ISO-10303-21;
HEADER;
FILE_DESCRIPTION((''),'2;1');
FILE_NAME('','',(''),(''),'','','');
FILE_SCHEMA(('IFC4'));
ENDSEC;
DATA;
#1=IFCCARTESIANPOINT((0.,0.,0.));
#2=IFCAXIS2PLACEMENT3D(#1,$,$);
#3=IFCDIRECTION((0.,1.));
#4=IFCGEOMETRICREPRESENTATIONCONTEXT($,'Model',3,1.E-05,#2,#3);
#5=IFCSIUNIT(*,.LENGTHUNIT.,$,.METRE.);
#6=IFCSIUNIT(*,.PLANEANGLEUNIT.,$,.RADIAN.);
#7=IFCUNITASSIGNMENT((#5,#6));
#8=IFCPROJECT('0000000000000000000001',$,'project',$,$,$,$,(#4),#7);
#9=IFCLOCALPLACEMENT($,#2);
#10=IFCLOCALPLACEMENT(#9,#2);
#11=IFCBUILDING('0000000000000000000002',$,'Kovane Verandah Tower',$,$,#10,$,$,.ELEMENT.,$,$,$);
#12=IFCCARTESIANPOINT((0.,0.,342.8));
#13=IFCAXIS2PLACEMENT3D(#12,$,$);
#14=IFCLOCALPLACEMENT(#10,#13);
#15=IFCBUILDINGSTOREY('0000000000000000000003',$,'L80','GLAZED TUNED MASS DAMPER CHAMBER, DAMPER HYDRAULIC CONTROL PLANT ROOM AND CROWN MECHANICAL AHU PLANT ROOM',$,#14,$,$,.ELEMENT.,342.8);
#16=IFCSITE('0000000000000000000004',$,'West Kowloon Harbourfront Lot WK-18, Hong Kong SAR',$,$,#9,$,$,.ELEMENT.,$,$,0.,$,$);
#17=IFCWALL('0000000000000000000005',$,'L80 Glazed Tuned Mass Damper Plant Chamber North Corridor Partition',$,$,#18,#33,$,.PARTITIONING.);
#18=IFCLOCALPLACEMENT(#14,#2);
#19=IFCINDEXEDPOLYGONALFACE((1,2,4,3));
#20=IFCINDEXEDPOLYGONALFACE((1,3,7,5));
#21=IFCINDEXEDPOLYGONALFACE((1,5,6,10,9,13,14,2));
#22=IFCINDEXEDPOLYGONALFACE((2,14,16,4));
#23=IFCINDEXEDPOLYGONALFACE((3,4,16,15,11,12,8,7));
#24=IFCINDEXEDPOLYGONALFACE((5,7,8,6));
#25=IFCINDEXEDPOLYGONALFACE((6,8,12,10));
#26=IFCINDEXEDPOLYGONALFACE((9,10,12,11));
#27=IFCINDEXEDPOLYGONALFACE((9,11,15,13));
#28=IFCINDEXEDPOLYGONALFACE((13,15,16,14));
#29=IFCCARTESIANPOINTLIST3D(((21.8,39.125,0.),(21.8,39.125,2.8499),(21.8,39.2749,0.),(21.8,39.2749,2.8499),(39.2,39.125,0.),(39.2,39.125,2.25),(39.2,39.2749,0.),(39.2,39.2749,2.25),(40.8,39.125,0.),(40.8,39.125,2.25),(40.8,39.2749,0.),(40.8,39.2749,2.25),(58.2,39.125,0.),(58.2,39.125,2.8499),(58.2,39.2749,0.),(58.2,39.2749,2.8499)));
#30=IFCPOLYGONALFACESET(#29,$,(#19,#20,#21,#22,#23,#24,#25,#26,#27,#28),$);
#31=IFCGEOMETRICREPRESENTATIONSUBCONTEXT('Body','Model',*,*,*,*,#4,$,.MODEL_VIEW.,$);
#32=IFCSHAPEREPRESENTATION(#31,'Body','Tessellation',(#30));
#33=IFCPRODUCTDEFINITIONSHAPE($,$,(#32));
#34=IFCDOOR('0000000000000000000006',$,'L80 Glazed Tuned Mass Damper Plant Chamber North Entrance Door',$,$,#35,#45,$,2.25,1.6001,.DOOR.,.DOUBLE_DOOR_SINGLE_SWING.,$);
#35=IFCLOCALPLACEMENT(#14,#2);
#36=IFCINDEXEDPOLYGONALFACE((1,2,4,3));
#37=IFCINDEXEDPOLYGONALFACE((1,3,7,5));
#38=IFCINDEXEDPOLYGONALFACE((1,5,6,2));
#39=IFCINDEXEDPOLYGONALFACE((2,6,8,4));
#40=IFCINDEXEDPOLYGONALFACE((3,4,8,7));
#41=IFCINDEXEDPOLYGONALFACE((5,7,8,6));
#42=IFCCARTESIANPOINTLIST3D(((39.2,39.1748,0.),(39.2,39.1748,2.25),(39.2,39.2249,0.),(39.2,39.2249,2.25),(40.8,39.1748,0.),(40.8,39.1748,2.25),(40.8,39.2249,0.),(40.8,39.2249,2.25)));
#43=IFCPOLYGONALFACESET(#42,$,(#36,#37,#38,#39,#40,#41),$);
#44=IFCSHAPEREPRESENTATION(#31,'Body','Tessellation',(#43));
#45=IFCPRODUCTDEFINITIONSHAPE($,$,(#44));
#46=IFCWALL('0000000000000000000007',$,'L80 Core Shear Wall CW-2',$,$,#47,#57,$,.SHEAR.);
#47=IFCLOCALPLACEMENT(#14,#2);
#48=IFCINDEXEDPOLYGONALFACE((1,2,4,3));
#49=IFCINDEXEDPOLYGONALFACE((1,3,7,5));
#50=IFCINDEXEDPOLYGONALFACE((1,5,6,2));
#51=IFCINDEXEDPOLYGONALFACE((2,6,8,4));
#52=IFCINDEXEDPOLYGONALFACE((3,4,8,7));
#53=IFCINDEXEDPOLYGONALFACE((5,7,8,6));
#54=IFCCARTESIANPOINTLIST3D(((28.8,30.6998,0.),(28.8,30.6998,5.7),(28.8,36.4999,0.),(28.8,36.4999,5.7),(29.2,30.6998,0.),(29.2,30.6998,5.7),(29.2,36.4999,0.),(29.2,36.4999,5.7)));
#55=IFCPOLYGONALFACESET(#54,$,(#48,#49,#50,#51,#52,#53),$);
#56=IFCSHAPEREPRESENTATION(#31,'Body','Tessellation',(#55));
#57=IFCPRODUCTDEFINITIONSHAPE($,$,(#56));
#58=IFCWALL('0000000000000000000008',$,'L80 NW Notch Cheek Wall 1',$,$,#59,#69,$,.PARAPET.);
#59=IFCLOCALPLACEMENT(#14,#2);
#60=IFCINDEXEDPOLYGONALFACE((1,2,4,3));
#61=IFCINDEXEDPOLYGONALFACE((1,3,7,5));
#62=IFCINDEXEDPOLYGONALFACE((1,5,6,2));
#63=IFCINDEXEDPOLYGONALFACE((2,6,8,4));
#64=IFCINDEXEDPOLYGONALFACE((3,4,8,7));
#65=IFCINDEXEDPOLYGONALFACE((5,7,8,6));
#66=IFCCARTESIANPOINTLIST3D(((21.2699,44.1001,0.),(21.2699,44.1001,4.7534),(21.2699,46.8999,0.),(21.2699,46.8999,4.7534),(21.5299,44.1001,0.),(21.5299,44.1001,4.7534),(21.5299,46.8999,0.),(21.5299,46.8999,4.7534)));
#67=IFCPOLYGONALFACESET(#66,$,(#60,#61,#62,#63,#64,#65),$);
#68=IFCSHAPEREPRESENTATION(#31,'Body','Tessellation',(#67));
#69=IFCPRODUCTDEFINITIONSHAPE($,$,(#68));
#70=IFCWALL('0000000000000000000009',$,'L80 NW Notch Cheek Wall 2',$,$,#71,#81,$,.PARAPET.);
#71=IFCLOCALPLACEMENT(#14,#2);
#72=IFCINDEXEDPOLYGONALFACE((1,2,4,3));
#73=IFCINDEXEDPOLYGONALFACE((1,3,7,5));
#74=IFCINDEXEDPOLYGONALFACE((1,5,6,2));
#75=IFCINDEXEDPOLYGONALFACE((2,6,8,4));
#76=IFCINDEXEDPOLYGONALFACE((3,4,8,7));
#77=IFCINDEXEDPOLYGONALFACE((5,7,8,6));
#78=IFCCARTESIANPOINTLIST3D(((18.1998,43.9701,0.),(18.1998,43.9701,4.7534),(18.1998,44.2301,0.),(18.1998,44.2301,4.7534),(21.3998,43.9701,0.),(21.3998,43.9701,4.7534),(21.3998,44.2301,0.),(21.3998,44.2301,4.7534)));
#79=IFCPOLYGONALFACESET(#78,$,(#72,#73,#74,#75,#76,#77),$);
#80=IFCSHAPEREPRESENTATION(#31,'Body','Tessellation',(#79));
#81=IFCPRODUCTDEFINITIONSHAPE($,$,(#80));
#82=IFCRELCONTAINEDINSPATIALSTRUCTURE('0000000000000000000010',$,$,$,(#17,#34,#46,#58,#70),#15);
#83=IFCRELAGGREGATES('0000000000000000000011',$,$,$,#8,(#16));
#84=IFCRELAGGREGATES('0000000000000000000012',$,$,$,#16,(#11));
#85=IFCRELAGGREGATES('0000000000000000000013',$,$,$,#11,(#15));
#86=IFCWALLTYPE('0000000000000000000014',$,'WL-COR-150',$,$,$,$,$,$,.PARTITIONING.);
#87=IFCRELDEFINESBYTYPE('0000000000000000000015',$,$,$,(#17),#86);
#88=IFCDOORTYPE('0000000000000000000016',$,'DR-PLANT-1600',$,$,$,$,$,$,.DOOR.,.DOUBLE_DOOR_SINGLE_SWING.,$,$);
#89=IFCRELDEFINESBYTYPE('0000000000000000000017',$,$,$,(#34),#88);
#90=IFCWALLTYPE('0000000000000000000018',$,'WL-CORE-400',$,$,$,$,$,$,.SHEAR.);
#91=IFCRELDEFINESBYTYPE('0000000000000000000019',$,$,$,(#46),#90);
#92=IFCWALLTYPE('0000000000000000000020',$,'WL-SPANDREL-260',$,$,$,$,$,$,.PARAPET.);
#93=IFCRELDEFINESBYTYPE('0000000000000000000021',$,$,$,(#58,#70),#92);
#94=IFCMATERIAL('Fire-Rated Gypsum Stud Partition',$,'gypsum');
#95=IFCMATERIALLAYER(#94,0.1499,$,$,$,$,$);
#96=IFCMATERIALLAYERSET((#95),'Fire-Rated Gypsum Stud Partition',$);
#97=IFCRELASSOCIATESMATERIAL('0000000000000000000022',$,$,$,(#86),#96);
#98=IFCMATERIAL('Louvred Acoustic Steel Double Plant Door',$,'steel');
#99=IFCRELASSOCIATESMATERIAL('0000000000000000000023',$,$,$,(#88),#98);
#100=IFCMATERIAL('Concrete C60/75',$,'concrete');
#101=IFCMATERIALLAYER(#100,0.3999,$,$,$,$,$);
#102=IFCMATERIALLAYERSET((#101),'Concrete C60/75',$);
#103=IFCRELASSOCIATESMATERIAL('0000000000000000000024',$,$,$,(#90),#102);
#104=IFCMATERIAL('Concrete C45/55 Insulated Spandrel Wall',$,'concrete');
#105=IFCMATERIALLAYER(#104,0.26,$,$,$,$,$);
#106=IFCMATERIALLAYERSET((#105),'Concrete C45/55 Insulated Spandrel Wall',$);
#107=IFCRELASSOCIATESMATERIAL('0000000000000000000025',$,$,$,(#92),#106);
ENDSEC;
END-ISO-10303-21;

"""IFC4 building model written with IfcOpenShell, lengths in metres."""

from ifc_helpers import new_model, si_unit, direction, frame, frame_2d, origin, place, context, subcontext, project, spatial, rectangle, extrude, material, layer, layer_set, type_object, element, fill, save


model = new_model("IFC4")

# Units and contexts
model_context = context("Model", 3, precision=1e-05, world=origin(), true_north=direction((0.0, 1.0)))
body_context = subcontext(model_context, "Body", "Model", "MODEL_VIEW")
ifc_project = project(units=[si_unit("LENGTHUNIT", "METRE"), si_unit("PLANEANGLEUNIT", "RADIAN")], contexts=[model_context])

# Site, building, storey
site_placement = place(None, origin())
site = spatial("IfcSite", under=ifc_project, at=site_placement, Name="West Kowloon Harbourfront Lot WK-18, Hong Kong SAR", CompositionType="ELEMENT", RefElevation=0.0)
building_placement = place(site_placement, origin())
building = spatial("IfcBuilding", under=site, at=building_placement, Name="Kovane Verandah Tower", CompositionType="ELEMENT")
storey_placement = place(building_placement, frame((0.0, 0.0, 342.8)))
storey = spatial("IfcBuildingStorey", under=building, at=storey_placement, Name="L80", Description="GLAZED TUNED MASS DAMPER CHAMBER, DAMPER HYDRAULIC CONTROL PLANT ROOM AND CROWN MECHANICAL AHU PLANT ROOM", CompositionType="ELEMENT", Elevation=342.8)

# Shared definitions
ifc_material_1 = material(Name="Concrete C60/75", Category="concrete")

# Wall, opening, door
ifc_material_2 = material(Name="Fire-Rated Gypsum Stud Partition", Category="gypsum")
ifc_layer_1 = layer(ifc_material_2, 0.1499)
ifc_layer_set_1 = layer_set([ifc_layer_1], Name="Fire-Rated Gypsum Stud Partition")
wall_type_1 = type_object("IfcWallType", Name="WL-COR-150", PredefinedType="PARTITIONING", material=ifc_layer_set_1)
wall_1_placement = place(storey_placement, frame((21.8, 39.2, 0.0), z_axis=(0.0, 0.0, 1.0), x_axis=(1.0, 0.0, 0.0)))
wall_1 = element("IfcWall", 1, at=wall_1_placement, inside=storey, type_object=wall_type_1, Name="L80 Glazed Tuned Mass Damper Plant Chamber North Corridor Partition", PredefinedType="PARTITIONING", context=body_context, shape_type="SweptSolid", body=[
    extrude(rectangle(XDim=36.3999, YDim=0.1499, at=frame_2d((18.2, 0.0))), origin(), (0.0, 0.0, 1.0), 2.8499),
])
opening_placement = place(wall_1_placement, frame((17.3999, 0.0, 0.0)))
opening = element("IfcOpeningElement", 2, at=opening_placement, cuts=wall_1, PredefinedType="OPENING", context=body_context, shape_type="SweptSolid", body=[
    extrude(rectangle(XDim=1.6001, YDim=2.25, at=frame_2d((0.8, 1.125))), frame((0.0, 0.075, 0.0), z_axis=(0.0, -1.0, 0.0), x_axis=(1.0, 0.0, 0.0)), (0.0, 0.0, 1.0), 0.1499),
])
ifc_material_3 = material(Name="Louvred Acoustic Steel Double Plant Door", Category="steel")
door_type = type_object("IfcDoorType", Name="DR-PLANT-1600", OperationType="DOUBLE_DOOR_SINGLE_SWING", PredefinedType="DOOR", material=ifc_material_3)
door_placement = place(opening_placement, origin())
door = element("IfcDoor", 3, at=door_placement, inside=storey, type_object=door_type, Name="L80 Glazed Tuned Mass Damper Plant Chamber North Entrance Door", OperationType="DOUBLE_DOOR_SINGLE_SWING", OverallHeight=2.25, OverallWidth=1.6001, PredefinedType="DOOR", context=body_context, shape_type="SweptSolid", body=[
    extrude(rectangle(XDim=1.6001, YDim=2.25, at=frame_2d((0.8, 1.125))), frame((0.0, 0.0249, 0.0), z_axis=(0.0, -1.0, 0.0), x_axis=(1.0, 0.0, 0.0)), (0.0, 0.0, 1.0), 0.05),
])
fill(opening, door)

# Walls
ifc_layer_2 = layer(ifc_material_1, 0.3999)
ifc_layer_set_2 = layer_set([ifc_layer_2], Name="Concrete C60/75")
wall_type_2 = type_object("IfcWallType", Name="WL-CORE-400", PredefinedType="SHEAR", material=ifc_layer_set_2)
wall_2_placement = place(storey_placement, frame((29.0, 30.7, 0.0), z_axis=(0.0, 0.0, 1.0), x_axis=(0.0, 1.0, 0.0)))
element("IfcWall", 4, at=wall_2_placement, inside=storey, type_object=wall_type_2, Name="L80 Core Shear Wall CW-2", PredefinedType="SHEAR", context=body_context, shape_type="SweptSolid", body=[
    extrude(rectangle(XDim=5.8, YDim=0.3999, at=frame_2d((2.8999, 0.0))), origin(), (0.0, 0.0, 1.0), 5.7),
])
ifc_material_4 = material(Name="Concrete C45/55 Insulated Spandrel Wall", Category="concrete")
ifc_layer_3 = layer(ifc_material_4, 0.26)
ifc_layer_set_3 = layer_set([ifc_layer_3], Name="Concrete C45/55 Insulated Spandrel Wall")
wall_type_3 = type_object("IfcWallType", Name="WL-SPANDREL-260", PredefinedType="PARAPET", material=ifc_layer_set_3)
wall_3_placement = place(storey_placement, frame((21.3999, 46.8999, 0.0), z_axis=(0.0, 0.0, 1.0), x_axis=(0.0, -1.0, 0.0)))
element("IfcWall", 5, at=wall_3_placement, inside=storey, type_object=wall_type_3, Name="L80 NW Notch Cheek Wall 1", PredefinedType="PARAPET", context=body_context, shape_type="SweptSolid", body=[
    extrude(rectangle(XDim=2.7998, YDim=0.26, at=frame_2d((1.3999, 0.0))), origin(), (0.0, 0.0, 1.0), 4.7534),
])
wall_4_placement = place(storey_placement, frame((21.3999, 44.1001, 0.0), z_axis=(0.0, 0.0, 1.0), x_axis=(-1.0, 0.0, 0.0)))
element("IfcWall", 6, at=wall_4_placement, inside=storey, type_object=wall_type_3, Name="L80 NW Notch Cheek Wall 2", PredefinedType="PARAPET", context=body_context, shape_type="SweptSolid", body=[
    extrude(rectangle(XDim=3.2, YDim=0.26, at=frame_2d((1.6001, 0.0))), origin(), (0.0, 0.0, 1.0), 4.7534),
])

save(model, "model.ifc")
